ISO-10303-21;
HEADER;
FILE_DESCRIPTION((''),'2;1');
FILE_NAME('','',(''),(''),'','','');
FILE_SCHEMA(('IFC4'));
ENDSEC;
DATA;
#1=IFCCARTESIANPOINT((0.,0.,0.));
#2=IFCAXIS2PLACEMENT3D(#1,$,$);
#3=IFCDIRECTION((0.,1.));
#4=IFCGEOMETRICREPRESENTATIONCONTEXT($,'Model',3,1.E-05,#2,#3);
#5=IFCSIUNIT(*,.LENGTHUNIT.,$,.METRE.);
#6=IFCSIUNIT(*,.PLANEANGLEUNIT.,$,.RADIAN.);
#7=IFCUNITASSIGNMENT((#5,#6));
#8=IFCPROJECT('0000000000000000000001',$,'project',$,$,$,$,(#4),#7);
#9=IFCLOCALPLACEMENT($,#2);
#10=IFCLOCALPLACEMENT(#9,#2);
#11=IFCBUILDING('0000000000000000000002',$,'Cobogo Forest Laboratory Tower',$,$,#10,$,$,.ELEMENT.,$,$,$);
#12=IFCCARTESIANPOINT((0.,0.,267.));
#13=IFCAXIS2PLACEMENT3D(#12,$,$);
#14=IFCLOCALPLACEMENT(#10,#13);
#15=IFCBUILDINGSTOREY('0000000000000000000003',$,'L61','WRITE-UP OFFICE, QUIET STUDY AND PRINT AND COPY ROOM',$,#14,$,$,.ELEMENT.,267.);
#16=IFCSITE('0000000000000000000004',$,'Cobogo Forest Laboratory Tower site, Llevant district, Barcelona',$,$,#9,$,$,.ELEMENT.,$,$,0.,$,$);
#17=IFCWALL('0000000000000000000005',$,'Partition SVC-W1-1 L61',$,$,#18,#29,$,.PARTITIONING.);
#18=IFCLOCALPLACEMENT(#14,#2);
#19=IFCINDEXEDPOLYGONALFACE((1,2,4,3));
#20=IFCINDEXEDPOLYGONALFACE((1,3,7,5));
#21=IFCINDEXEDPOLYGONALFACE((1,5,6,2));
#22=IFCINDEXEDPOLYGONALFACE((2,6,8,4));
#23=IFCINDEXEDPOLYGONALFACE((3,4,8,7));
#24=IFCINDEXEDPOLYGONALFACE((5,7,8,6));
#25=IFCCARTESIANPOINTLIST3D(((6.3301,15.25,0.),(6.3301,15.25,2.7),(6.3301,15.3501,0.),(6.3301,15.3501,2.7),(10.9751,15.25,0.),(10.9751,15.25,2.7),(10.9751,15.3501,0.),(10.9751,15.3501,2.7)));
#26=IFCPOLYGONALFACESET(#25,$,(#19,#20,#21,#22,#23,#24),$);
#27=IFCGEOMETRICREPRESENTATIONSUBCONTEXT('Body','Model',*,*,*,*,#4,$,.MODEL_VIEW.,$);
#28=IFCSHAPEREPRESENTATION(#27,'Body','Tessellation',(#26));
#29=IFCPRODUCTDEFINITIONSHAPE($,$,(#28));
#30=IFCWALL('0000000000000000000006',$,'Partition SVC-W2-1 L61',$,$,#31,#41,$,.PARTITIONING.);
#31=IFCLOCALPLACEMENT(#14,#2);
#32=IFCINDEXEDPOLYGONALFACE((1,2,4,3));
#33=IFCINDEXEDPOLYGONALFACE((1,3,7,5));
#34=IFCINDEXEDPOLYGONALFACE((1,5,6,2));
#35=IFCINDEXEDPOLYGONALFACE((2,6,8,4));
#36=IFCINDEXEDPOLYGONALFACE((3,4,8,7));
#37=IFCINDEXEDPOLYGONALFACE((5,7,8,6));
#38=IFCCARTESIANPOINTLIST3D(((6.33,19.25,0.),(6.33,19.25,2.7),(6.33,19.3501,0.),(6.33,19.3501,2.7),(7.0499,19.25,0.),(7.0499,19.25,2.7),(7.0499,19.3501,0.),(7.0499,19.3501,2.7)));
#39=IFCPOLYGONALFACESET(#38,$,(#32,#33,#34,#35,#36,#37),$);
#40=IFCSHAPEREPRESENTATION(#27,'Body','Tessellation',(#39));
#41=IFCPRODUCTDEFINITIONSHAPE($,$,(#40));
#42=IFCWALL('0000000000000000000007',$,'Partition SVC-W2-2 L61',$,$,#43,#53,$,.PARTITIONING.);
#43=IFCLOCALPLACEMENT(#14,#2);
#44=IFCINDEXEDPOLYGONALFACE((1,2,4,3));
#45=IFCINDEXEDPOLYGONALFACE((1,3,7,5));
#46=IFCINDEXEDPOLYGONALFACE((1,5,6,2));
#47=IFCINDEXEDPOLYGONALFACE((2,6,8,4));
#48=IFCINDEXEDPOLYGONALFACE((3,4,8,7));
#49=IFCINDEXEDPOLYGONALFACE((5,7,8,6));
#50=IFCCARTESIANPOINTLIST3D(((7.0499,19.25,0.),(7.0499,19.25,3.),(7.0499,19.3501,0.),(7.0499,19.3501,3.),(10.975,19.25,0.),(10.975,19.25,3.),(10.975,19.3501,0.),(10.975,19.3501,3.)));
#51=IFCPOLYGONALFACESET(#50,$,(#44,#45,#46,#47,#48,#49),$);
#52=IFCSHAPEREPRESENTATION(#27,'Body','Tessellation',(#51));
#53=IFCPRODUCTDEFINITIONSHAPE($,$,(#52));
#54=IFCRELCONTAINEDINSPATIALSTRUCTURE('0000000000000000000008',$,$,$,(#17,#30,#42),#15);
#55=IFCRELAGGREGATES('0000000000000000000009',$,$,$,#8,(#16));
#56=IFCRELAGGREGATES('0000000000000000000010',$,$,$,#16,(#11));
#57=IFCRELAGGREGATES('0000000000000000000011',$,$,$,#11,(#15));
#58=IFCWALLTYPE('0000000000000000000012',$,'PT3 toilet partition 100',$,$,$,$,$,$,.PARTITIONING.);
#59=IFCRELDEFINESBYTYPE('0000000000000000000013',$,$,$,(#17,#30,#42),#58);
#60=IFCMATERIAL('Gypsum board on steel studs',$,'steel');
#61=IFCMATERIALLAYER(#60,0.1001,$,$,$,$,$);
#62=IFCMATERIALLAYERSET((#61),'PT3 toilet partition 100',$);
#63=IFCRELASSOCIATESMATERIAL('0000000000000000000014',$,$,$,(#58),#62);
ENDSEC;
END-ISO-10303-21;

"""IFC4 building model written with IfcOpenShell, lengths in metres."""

from ifc_helpers import new_model, si_unit, direction, frame, frame_2d, origin, place, context, subcontext, project, spatial, rectangle, extrude, material, layer, layer_set, type_object, element, save


model = new_model("IFC4")

# Units and contexts
model_context = context("Model", 3, precision=1e-05, world=origin(), true_north=direction((0.0, 1.0)))
body_context = subcontext(model_context, "Body", "Model", "MODEL_VIEW")
ifc_project = project(units=[si_unit("LENGTHUNIT", "METRE"), si_unit("PLANEANGLEUNIT", "RADIAN")], contexts=[model_context])

# Site, building, storey
site_placement = place(None, origin())
site = spatial("IfcSite", under=ifc_project, at=site_placement, Name="Cobogo Forest Laboratory Tower site, Llevant district, Barcelona", CompositionType="ELEMENT", RefElevation=0.0)
building_placement = place(site_placement, origin())
building = spatial("IfcBuilding", under=site, at=building_placement, Name="Cobogo Forest Laboratory Tower", CompositionType="ELEMENT")
storey_placement = place(building_placement, frame((0.0, 0.0, 267.0)))
storey = spatial("IfcBuildingStorey", under=building, at=storey_placement, Name="L61", Description="WRITE-UP OFFICE, QUIET STUDY AND PRINT AND COPY ROOM", CompositionType="ELEMENT", Elevation=267.0)

# Shared definitions
ifc_material_1 = material(Name="Gypsum board on steel studs", Category="steel")

# Walls
ifc_layer_1 = layer(ifc_material_1, 0.1001)
ifc_layer_set_1 = layer_set([ifc_layer_1], Name="PT3 toilet partition 100")
wall_type_1 = type_object("IfcWallType", Name="PT3 toilet partition 100", PredefinedType="PARTITIONING", material=ifc_layer_set_1)
wall_1_placement = place(storey_placement, frame((6.3301, 15.3, 0.0), z_axis=(0.0, 0.0, 1.0), x_axis=(1.0, 0.0, 0.0)))
element("IfcWall", 1, at=wall_1_placement, inside=storey, type_object=wall_type_1, Name="Partition SVC-W1-1 L61", PredefinedType="PARTITIONING", context=body_context, shape_type="SweptSolid", body=[
    extrude(rectangle(XDim=4.645, YDim=0.1001, at=frame_2d((2.3225, 0.0))), origin(), (0.0, 0.0, 1.0), 2.7),
])
wall_2_placement = place(storey_placement, frame((6.3301, 19.3, 0.0), z_axis=(0.0, 0.0, 1.0), x_axis=(1.0, 0.0, 0.0)))
element("IfcWall", 2, at=wall_2_placement, inside=storey, type_object=wall_type_1, Name="Partition SVC-W2-1 L61", PredefinedType="PARTITIONING", context=body_context, shape_type="SweptSolid", body=[
    extrude(rectangle(XDim=0.72, YDim=0.1001, at=frame_2d((0.3599, 0.0))), origin(), (0.0, 0.0, 1.0), 2.7),
])
wall_3_placement = place(storey_placement, frame((7.05, 19.3, 0.0), z_axis=(0.0, 0.0, 1.0), x_axis=(1.0, 0.0, 0.0)))
element("IfcWall", 3, at=wall_3_placement, inside=storey, type_object=wall_type_1, Name="Partition SVC-W2-2 L61", PredefinedType="PARTITIONING", context=body_context, shape_type="SweptSolid", body=[
    extrude(rectangle(XDim=3.925, YDim=0.1001, at=frame_2d((1.9624, 0.0))), origin(), (0.0, 0.0, 1.0), 3.0),
])

save(model, "model.ifc")
